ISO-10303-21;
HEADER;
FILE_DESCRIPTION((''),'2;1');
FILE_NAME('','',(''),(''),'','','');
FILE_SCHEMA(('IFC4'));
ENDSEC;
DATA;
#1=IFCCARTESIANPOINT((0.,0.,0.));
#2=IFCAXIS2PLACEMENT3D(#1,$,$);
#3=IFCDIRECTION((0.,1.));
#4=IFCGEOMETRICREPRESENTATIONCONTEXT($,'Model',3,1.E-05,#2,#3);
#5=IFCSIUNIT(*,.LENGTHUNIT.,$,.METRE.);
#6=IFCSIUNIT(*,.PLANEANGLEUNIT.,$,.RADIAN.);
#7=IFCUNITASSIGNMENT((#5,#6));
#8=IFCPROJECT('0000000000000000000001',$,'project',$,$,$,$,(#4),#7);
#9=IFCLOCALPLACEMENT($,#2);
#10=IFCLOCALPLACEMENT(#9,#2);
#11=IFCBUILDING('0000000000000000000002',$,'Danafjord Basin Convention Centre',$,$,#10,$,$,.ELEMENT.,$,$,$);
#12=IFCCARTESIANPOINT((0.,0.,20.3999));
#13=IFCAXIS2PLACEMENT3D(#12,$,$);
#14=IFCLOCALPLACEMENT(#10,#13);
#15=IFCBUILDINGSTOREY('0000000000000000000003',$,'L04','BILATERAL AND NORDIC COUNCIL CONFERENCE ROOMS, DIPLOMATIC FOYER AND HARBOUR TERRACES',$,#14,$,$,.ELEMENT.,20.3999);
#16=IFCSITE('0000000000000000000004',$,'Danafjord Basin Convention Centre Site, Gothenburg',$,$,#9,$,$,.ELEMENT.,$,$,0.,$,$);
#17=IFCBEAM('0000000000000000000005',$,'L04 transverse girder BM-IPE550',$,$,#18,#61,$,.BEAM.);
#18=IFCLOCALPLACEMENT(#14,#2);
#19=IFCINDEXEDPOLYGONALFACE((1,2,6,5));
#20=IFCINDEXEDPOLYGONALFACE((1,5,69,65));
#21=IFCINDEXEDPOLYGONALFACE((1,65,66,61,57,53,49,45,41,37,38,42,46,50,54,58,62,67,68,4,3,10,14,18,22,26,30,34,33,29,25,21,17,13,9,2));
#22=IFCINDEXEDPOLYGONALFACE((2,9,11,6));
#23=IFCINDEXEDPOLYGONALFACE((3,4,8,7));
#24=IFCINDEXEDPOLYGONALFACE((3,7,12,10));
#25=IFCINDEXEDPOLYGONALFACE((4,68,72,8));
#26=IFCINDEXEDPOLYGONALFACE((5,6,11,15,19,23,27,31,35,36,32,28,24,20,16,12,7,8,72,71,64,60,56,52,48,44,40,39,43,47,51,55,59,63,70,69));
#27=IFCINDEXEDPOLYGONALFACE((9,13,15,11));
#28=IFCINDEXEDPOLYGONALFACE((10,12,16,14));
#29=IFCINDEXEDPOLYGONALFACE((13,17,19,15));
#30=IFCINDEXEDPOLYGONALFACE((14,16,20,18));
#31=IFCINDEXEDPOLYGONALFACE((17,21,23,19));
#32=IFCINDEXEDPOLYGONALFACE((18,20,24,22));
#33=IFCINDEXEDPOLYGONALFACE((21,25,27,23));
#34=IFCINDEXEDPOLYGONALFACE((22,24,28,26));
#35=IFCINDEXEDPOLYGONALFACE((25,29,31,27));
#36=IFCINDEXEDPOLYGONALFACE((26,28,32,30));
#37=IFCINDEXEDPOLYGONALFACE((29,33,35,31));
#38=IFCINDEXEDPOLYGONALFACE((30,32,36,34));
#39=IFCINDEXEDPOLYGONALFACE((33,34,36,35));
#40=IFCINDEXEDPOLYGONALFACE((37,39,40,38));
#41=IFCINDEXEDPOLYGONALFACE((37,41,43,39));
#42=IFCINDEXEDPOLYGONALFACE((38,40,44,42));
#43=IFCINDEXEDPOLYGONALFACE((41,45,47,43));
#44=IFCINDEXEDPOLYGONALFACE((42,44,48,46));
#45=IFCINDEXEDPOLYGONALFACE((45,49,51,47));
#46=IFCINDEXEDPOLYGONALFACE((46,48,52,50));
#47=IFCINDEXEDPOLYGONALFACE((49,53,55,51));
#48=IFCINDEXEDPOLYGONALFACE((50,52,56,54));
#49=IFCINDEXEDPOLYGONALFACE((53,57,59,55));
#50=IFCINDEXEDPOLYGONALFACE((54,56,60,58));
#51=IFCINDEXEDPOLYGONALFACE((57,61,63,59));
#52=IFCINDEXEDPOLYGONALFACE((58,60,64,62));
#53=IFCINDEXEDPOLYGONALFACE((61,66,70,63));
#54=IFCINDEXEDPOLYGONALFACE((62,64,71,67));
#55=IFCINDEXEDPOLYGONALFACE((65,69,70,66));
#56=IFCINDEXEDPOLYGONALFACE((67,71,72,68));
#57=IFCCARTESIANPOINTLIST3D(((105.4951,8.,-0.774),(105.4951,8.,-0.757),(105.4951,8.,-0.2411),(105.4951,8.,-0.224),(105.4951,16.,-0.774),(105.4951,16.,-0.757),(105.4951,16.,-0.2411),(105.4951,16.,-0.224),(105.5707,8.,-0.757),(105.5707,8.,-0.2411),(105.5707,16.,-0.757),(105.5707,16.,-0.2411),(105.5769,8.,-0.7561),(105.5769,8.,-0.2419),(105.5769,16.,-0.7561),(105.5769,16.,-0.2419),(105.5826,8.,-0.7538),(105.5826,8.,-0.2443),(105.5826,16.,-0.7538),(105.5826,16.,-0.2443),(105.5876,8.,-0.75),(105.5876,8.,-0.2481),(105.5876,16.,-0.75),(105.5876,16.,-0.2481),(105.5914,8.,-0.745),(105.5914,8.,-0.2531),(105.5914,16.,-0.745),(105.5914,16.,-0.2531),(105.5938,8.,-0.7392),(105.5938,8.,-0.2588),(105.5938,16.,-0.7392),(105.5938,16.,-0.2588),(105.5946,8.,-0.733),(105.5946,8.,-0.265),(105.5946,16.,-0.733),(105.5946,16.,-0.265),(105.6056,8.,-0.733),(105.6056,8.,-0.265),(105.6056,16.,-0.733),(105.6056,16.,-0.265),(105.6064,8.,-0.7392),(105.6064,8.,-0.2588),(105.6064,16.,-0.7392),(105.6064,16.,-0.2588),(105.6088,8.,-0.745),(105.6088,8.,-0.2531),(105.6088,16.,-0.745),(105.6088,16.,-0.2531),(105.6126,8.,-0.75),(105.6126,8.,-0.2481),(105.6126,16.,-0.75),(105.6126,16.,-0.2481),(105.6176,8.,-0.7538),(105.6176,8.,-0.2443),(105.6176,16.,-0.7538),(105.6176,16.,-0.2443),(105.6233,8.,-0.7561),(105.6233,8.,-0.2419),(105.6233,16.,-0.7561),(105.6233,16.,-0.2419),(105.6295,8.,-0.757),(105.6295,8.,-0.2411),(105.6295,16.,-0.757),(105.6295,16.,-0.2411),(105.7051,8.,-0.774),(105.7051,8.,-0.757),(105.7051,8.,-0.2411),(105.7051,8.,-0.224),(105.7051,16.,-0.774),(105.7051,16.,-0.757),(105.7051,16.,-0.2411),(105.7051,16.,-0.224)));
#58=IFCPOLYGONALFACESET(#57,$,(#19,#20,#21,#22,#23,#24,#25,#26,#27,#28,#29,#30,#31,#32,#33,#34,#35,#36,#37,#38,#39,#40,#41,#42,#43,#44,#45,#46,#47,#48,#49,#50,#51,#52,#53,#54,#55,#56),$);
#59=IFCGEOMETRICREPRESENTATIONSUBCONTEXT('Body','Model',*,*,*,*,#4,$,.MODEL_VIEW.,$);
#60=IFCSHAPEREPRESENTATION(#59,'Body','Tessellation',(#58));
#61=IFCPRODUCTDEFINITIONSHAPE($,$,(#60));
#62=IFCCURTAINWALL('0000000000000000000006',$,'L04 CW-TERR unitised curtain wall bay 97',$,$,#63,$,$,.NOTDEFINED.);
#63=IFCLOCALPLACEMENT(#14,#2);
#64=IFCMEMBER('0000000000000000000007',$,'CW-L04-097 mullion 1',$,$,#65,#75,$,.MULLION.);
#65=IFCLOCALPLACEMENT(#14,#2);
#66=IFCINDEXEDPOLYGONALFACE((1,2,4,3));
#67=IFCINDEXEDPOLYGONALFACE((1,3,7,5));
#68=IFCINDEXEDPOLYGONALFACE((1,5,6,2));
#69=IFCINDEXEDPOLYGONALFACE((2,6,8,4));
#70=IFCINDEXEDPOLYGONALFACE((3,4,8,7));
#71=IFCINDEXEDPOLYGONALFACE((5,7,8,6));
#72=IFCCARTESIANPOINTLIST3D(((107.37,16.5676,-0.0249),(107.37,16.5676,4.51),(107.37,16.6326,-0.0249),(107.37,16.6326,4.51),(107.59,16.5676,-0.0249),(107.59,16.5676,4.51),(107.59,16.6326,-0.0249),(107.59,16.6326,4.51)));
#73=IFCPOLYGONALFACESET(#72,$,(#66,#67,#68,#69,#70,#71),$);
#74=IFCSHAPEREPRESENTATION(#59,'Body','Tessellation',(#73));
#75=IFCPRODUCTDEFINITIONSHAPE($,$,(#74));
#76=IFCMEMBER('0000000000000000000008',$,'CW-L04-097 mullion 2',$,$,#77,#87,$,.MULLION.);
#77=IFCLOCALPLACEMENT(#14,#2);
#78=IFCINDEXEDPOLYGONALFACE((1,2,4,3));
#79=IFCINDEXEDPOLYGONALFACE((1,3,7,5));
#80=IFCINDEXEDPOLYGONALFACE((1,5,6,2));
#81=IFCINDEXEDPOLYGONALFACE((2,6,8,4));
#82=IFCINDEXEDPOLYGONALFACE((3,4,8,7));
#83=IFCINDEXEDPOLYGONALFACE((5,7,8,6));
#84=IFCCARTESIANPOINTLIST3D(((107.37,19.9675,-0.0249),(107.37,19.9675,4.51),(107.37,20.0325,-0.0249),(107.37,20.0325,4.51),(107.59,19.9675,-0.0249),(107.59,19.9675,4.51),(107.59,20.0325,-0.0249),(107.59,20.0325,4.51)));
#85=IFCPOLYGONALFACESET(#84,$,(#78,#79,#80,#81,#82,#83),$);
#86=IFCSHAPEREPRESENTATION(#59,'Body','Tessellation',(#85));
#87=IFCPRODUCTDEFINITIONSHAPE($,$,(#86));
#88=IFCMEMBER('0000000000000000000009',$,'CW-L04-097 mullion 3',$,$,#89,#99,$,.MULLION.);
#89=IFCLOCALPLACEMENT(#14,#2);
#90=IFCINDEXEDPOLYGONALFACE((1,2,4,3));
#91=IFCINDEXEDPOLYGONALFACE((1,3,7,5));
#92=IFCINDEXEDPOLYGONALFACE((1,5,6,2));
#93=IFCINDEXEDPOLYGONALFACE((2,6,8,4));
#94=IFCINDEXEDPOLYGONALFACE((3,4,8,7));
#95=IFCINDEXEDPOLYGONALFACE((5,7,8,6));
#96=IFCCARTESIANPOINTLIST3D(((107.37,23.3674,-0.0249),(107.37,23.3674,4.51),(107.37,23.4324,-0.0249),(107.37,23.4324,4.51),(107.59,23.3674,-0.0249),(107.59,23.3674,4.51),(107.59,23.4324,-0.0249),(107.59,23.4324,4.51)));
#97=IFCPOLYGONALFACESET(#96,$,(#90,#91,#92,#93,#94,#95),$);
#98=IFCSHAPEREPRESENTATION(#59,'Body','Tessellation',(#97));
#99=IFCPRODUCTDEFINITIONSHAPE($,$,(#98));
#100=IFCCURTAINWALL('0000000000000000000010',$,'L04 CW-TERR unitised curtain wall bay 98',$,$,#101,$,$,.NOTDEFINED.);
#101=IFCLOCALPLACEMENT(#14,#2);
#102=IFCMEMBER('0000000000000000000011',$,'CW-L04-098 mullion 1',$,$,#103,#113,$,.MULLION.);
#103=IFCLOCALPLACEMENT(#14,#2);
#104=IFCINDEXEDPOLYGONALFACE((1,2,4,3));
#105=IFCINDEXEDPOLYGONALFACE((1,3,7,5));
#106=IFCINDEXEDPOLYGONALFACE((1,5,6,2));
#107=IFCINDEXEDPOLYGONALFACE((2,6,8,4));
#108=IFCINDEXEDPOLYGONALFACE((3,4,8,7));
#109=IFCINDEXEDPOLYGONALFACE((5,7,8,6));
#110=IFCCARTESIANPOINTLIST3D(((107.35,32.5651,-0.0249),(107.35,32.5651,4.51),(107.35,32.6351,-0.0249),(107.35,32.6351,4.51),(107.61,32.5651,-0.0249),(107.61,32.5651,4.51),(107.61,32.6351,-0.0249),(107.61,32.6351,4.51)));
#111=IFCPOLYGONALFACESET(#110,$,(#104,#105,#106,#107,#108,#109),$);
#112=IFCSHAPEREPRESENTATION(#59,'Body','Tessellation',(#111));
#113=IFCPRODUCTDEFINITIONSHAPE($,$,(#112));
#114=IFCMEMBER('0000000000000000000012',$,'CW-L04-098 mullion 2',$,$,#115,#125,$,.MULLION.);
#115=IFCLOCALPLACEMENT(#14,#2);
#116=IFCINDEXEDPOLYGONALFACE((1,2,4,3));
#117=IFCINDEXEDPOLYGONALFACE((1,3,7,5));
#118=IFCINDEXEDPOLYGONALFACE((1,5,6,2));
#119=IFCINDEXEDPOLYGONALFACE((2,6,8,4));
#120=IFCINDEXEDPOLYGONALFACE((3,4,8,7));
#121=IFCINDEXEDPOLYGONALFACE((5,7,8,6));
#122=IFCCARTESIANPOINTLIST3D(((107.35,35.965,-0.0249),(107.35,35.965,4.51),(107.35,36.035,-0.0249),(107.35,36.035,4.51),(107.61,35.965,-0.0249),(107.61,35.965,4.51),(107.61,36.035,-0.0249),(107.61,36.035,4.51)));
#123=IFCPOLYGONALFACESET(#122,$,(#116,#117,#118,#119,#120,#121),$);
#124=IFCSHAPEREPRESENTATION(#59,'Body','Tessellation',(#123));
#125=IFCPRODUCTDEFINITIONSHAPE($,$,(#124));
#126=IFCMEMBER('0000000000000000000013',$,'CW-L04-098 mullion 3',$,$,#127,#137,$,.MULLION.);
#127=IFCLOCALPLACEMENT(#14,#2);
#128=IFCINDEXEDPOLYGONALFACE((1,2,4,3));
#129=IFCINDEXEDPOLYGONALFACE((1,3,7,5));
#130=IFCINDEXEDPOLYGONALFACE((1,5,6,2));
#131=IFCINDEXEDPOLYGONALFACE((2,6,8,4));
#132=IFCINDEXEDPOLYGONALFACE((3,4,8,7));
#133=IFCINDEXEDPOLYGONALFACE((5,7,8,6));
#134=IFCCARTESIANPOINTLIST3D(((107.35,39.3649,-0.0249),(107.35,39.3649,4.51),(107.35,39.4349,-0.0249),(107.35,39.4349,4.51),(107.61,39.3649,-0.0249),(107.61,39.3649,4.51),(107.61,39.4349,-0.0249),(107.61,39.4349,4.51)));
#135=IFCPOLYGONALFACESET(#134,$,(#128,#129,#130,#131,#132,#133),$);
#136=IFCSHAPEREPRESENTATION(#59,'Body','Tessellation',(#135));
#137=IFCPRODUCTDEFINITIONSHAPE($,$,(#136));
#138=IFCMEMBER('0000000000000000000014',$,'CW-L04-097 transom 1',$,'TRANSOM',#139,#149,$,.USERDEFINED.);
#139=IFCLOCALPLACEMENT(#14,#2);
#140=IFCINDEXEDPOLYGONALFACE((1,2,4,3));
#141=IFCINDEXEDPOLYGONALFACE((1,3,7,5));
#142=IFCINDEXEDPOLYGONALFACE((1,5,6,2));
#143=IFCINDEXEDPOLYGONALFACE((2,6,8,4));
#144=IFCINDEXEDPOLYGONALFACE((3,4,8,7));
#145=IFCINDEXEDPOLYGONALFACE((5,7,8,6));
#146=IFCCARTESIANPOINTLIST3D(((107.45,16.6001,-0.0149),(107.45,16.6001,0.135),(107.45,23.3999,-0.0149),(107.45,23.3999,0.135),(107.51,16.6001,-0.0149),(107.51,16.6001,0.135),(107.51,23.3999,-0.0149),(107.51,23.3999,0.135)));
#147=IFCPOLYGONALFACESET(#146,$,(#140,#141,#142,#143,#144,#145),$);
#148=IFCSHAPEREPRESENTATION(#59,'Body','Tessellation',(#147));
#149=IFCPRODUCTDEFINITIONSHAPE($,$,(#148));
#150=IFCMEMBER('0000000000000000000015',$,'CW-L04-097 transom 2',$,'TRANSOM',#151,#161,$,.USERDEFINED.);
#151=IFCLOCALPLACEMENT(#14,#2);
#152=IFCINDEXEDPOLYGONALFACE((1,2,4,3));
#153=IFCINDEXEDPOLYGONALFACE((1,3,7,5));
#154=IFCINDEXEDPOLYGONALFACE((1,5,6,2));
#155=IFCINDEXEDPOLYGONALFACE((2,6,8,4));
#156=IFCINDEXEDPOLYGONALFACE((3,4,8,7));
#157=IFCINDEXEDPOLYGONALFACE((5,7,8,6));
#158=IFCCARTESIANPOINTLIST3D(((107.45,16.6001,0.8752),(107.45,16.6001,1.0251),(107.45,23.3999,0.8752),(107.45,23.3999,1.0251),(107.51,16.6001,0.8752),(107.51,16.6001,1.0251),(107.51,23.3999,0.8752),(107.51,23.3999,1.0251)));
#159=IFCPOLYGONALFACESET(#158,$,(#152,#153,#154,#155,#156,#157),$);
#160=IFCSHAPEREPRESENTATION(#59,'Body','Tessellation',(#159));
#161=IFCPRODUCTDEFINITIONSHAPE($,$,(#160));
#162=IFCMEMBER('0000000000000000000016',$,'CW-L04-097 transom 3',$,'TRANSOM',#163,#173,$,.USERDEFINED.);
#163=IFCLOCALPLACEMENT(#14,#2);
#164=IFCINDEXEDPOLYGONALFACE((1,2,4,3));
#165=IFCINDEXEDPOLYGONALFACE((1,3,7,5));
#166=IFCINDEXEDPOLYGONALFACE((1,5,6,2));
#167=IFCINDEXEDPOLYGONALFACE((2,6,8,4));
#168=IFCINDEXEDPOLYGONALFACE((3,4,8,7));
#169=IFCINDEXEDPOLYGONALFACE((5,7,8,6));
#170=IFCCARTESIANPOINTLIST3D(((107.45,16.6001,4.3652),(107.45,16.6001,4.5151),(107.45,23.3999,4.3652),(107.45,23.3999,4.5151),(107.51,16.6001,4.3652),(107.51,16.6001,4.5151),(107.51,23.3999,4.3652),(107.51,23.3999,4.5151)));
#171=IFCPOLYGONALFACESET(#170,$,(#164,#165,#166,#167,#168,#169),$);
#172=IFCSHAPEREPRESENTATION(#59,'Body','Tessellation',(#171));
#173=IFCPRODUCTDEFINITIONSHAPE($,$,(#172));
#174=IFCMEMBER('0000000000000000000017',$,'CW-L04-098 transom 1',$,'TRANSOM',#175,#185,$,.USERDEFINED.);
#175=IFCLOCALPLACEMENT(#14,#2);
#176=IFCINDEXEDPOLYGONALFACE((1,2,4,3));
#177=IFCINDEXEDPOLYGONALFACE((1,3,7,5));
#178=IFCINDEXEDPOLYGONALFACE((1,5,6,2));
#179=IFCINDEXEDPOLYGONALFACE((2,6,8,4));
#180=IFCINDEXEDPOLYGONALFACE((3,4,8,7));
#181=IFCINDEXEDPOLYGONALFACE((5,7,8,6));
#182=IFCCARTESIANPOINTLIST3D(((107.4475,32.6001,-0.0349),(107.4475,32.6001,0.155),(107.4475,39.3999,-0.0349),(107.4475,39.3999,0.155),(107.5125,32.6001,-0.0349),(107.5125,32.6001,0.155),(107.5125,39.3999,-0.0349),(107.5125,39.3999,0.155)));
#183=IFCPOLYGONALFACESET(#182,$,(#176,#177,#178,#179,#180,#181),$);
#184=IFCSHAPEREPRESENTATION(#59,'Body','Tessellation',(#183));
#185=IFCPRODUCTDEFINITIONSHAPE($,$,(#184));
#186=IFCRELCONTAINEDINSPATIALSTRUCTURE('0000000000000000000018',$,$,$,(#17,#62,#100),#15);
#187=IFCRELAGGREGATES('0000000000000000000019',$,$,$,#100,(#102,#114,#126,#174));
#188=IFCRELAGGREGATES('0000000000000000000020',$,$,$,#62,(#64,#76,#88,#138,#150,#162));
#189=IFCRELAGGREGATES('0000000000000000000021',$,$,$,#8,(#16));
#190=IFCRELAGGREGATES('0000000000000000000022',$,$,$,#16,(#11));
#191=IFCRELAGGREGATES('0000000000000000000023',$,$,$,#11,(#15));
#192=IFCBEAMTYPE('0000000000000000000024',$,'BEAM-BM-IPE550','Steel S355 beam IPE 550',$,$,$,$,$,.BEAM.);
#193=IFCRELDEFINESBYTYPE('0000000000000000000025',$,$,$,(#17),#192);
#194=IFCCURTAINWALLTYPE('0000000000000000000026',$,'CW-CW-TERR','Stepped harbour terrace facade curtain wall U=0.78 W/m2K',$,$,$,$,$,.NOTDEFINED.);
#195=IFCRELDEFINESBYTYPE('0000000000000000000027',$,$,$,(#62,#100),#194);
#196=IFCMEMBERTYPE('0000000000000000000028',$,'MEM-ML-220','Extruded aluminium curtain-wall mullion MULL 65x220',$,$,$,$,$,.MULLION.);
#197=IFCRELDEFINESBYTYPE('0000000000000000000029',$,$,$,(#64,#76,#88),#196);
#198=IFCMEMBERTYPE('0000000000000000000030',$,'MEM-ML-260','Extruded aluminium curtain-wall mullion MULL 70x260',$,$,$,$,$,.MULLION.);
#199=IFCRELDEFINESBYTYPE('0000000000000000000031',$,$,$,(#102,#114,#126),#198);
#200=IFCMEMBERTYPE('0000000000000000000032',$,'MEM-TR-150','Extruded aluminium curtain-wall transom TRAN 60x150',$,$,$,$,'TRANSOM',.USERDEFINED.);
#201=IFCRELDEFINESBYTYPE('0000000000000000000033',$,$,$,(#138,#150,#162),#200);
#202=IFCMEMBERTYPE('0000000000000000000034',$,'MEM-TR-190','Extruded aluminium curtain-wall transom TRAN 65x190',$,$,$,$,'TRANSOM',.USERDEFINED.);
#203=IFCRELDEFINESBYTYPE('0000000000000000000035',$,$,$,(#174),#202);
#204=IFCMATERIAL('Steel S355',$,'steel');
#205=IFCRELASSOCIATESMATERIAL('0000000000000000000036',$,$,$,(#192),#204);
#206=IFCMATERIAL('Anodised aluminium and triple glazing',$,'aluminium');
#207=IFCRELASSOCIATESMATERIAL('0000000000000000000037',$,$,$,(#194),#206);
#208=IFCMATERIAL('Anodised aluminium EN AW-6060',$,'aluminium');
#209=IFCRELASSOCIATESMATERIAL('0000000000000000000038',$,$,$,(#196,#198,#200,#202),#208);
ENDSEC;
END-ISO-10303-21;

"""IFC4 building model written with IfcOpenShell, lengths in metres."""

from ifc_helpers import new_model, si_unit, direction, frame, origin, origin_2d, place, context, subcontext, project, spatial, rectangle, i_section, extrude, material, material_profile, profile_set, type_object, element, aggregate, save


model = new_model("IFC4")

# Units and contexts
model_context = context("Model", 3, precision=1e-05, world=origin(), true_north=direction((0.0, 1.0)))
body_context = subcontext(model_context, "Body", "Model", "MODEL_VIEW")
ifc_project = project(units=[si_unit("LENGTHUNIT", "METRE"), si_unit("PLANEANGLEUNIT", "RADIAN")], contexts=[model_context])

# Site, building, storey
site_placement = place(None, origin())
site = spatial("IfcSite", under=ifc_project, at=site_placement, Name="Danafjord Basin Convention Centre Site, Gothenburg", CompositionType="ELEMENT", RefElevation=0.0)
building_placement = place(site_placement, origin())
building = spatial("IfcBuilding", under=site, at=building_placement, Name="Danafjord Basin Convention Centre", CompositionType="ELEMENT")
storey_placement = place(building_placement, frame((0.0, 0.0, 20.3999)))
storey = spatial("IfcBuildingStorey", under=building, at=storey_placement, Name="L04", Description="BILATERAL AND NORDIC COUNCIL CONFERENCE ROOMS, DIPLOMATIC FOYER AND HARBOUR TERRACES", CompositionType="ELEMENT", Elevation=20.3999)

# Beam
ifc_material_1 = material(Name="Steel S355", Category="steel")
ifc_material_profile_1 = material_profile(ifc_material_1, i_section(OverallWidth=0.21, OverallDepth=0.55, WebThickness=0.011, FlangeThickness=0.0171, FilletRadius=0.0239, at=origin_2d()), Name="IPE 550")
ifc_profile_set_1 = profile_set([ifc_material_profile_1], Name="Steel S355")
beam_type_1 = type_object("IfcBeamType", Name="BEAM-BM-IPE550", Description="Steel S355 beam IPE 550", PredefinedType="BEAM", material=ifc_profile_set_1)
beam_1_placement = place(storey_placement, frame((105.6001, 8.0, -0.499), z_axis=(0.0, 1.0, 0.0), x_axis=(-1.0, 0.0, 0.0)))
element("IfcBeam", 1, at=beam_1_placement, inside=storey, type_object=beam_type_1, Name="L04 transverse girder BM-IPE550", PredefinedType="BEAM", context=body_context, shape_type="SweptSolid", body=[
    extrude(i_section(OverallWidth=0.21, OverallDepth=0.55, WebThickness=0.011, FlangeThickness=0.0171, FilletRadius=0.0239, at=origin_2d()), origin(), (0.0, 0.0, 1.0), 8.0),
])

# Curtain walls, members
ifc_material_2 = material(Name="Anodised aluminium and triple glazing", Category="aluminium")
curtain_wall_type = type_object("IfcCurtainWallType", Name="CW-CW-TERR", Description="Stepped harbour terrace facade curtain wall U=0.78 W/m2K", PredefinedType="NOTDEFINED", material=ifc_material_2)
curtain_wall_1_placement = place(storey_placement, origin())
curtain_wall_1 = element("IfcCurtainWall", 2, at=curtain_wall_1_placement, inside=storey, type_object=curtain_wall_type, Name="L04 CW-TERR unitised curtain wall bay 97", PredefinedType="NOTDEFINED")
ifc_material_3 = material(Name="Anodised aluminium EN AW-6060", Category="aluminium")
ifc_material_profile_2 = material_profile(ifc_material_3, rectangle(XDim=0.0649, YDim=0.22, at=origin_2d()), Name="MULL 65x220")
ifc_profile_set_2 = profile_set([ifc_material_profile_2], Name="Anodised aluminium EN AW-6060")
member_type_1 = type_object("IfcMemberType", Name="MEM-ML-220", Description="Extruded aluminium curtain-wall mullion MULL 65x220", PredefinedType="MULLION", material=ifc_profile_set_2)
member_1_placement = place(storey_placement, frame((107.48, 16.6001, -0.0249), z_axis=(0.0, 0.0, 1.0), x_axis=(0.0, 1.0, 0.0)))
member_1 = element("IfcMember", 3, at=member_1_placement, type_object=member_type_1, Name="CW-L04-097 mullion 1", PredefinedType="MULLION", context=body_context, shape_type="SweptSolid", body=[
    extrude(rectangle(XDim=0.0649, YDim=0.22, at=origin_2d()), origin(), (0.0, 0.0, 1.0), 4.5349),
])
member_2_placement = place(storey_placement, frame((107.48, 20.0, -0.0249), z_axis=(0.0, 0.0, 1.0), x_axis=(0.0, 1.0, 0.0)))
member_2 = element("IfcMember", 4, at=member_2_placement, type_object=member_type_1, Name="CW-L04-097 mullion 2", PredefinedType="MULLION", context=body_context, shape_type="SweptSolid", body=[
    extrude(rectangle(XDim=0.0649, YDim=0.22, at=origin_2d()), origin(), (0.0, 0.0, 1.0), 4.5349),
])
member_3_placement = place(storey_placement, frame((107.48, 23.3999, -0.0249), z_axis=(0.0, 0.0, 1.0), x_axis=(0.0, 1.0, 0.0)))
member_3 = element("IfcMember", 5, at=member_3_placement, type_object=member_type_1, Name="CW-L04-097 mullion 3", PredefinedType="MULLION", context=body_context, shape_type="SweptSolid", body=[
    extrude(rectangle(XDim=0.0649, YDim=0.22, at=origin_2d()), origin(), (0.0, 0.0, 1.0), 4.5349),
])
curtain_wall_2_placement = place(storey_placement, origin())
curtain_wall_2 = element("IfcCurtainWall", 6, at=curtain_wall_2_placement, inside=storey, type_object=curtain_wall_type, Name="L04 CW-TERR unitised curtain wall bay 98", PredefinedType="NOTDEFINED")
ifc_material_profile_3 = material_profile(ifc_material_3, rectangle(XDim=0.0701, YDim=0.26, at=origin_2d()), Name="MULL 70x260")
ifc_profile_set_3 = profile_set([ifc_material_profile_3], Name="Anodised aluminium EN AW-6060")
member_type_2 = type_object("IfcMemberType", Name="MEM-ML-260", Description="Extruded aluminium curtain-wall mullion MULL 70x260", PredefinedType="MULLION", material=ifc_profile_set_3)
member_4_placement = place(storey_placement, frame((107.48, 32.6001, -0.0249), z_axis=(0.0, 0.0, 1.0), x_axis=(0.0, 1.0, 0.0)))
member_4 = element("IfcMember", 7, at=member_4_placement, type_object=member_type_2, Name="CW-L04-098 mullion 1", PredefinedType="MULLION", context=body_context, shape_type="SweptSolid", body=[
    extrude(rectangle(XDim=0.0701, YDim=0.26, at=origin_2d()), origin(), (0.0, 0.0, 1.0), 4.5349),
])
member_5_placement = place(storey_placement, frame((107.48, 36.0, -0.0249), z_axis=(0.0, 0.0, 1.0), x_axis=(0.0, 1.0, 0.0)))
member_5 = element("IfcMember", 8, at=member_5_placement, type_object=member_type_2, Name="CW-L04-098 mullion 2", PredefinedType="MULLION", context=body_context, shape_type="SweptSolid", body=[
    extrude(rectangle(XDim=0.0701, YDim=0.26, at=origin_2d()), origin(), (0.0, 0.0, 1.0), 4.5349),
])
member_6_placement = place(storey_placement, frame((107.48, 39.3999, -0.0249), z_axis=(0.0, 0.0, 1.0), x_axis=(0.0, 1.0, 0.0)))
member_6 = element("IfcMember", 9, at=member_6_placement, type_object=member_type_2, Name="CW-L04-098 mullion 3", PredefinedType="MULLION", context=body_context, shape_type="SweptSolid", body=[
    extrude(rectangle(XDim=0.0701, YDim=0.26, at=origin_2d()), origin(), (0.0, 0.0, 1.0), 4.5349),
])

# Members
ifc_material_profile_4 = material_profile(ifc_material_3, rectangle(XDim=0.0601, YDim=0.1499, at=origin_2d()), Name="TRAN 60x150")
ifc_profile_set_4 = profile_set([ifc_material_profile_4], Name="Anodised aluminium EN AW-6060")
member_type_3 = type_object("IfcMemberType", Name="MEM-TR-150", Description="Extruded aluminium curtain-wall transom TRAN 60x150", ElementType="TRANSOM", PredefinedType="USERDEFINED", material=ifc_profile_set_4)
member_7_placement = place(storey_placement, frame((107.48, 16.6001, 0.0601), z_axis=(0.0, 1.0, 0.0), x_axis=(-1.0, 0.0, 0.0)))
member_7 = element("IfcMember", 10, at=member_7_placement, type_object=member_type_3, Name="CW-L04-097 transom 1", ObjectType="TRANSOM", PredefinedType="USERDEFINED", context=body_context, shape_type="SweptSolid", body=[
    extrude(rectangle(XDim=0.0601, YDim=0.1499, at=origin_2d()), origin(), (0.0, 0.0, 1.0), 6.7998),
])
member_8_placement = place(storey_placement, frame((107.48, 16.6001, 0.9502), z_axis=(0.0, 1.0, 0.0), x_axis=(-1.0, 0.0, 0.0)))
member_8 = element("IfcMember", 11, at=member_8_placement, type_object=member_type_3, Name="CW-L04-097 transom 2", ObjectType="TRANSOM", PredefinedType="USERDEFINED", context=body_context, shape_type="SweptSolid", body=[
    extrude(rectangle(XDim=0.0601, YDim=0.1499, at=origin_2d()), origin(), (0.0, 0.0, 1.0), 6.7998),
])
member_9_placement = place(storey_placement, frame((107.48, 16.6001, 4.4402), z_axis=(0.0, 1.0, 0.0), x_axis=(-1.0, 0.0, 0.0)))
member_9 = element("IfcMember", 12, at=member_9_placement, type_object=member_type_3, Name="CW-L04-097 transom 3", ObjectType="TRANSOM", PredefinedType="USERDEFINED", context=body_context, shape_type="SweptSolid", body=[
    extrude(rectangle(XDim=0.0601, YDim=0.1499, at=origin_2d()), origin(), (0.0, 0.0, 1.0), 6.7998),
])
ifc_material_profile_5 = material_profile(ifc_material_3, rectangle(XDim=0.0649, YDim=0.1899, at=origin_2d()), Name="TRAN 65x190")
ifc_profile_set_5 = profile_set([ifc_material_profile_5], Name="Anodised aluminium EN AW-6060")
member_type_4 = type_object("IfcMemberType", Name="MEM-TR-190", Description="Extruded aluminium curtain-wall transom TRAN 65x190", ElementType="TRANSOM", PredefinedType="USERDEFINED", material=ifc_profile_set_5)
member_10_placement = place(storey_placement, frame((107.48, 32.6001, 0.0601), z_axis=(0.0, 1.0, 0.0), x_axis=(-1.0, 0.0, 0.0)))
member_10 = element("IfcMember", 13, at=member_10_placement, type_object=member_type_4, Name="CW-L04-098 transom 1", ObjectType="TRANSOM", PredefinedType="USERDEFINED", context=body_context, shape_type="SweptSolid", body=[
    extrude(rectangle(XDim=0.0649, YDim=0.1899, at=origin_2d()), origin(), (0.0, 0.0, 1.0), 6.7998),
])
aggregate(curtain_wall_2, [member_4, member_5, member_6, member_10])

aggregate(curtain_wall_1, [member_1, member_2, member_3, member_7, member_8, member_9])

save(model, "model.ifc")
